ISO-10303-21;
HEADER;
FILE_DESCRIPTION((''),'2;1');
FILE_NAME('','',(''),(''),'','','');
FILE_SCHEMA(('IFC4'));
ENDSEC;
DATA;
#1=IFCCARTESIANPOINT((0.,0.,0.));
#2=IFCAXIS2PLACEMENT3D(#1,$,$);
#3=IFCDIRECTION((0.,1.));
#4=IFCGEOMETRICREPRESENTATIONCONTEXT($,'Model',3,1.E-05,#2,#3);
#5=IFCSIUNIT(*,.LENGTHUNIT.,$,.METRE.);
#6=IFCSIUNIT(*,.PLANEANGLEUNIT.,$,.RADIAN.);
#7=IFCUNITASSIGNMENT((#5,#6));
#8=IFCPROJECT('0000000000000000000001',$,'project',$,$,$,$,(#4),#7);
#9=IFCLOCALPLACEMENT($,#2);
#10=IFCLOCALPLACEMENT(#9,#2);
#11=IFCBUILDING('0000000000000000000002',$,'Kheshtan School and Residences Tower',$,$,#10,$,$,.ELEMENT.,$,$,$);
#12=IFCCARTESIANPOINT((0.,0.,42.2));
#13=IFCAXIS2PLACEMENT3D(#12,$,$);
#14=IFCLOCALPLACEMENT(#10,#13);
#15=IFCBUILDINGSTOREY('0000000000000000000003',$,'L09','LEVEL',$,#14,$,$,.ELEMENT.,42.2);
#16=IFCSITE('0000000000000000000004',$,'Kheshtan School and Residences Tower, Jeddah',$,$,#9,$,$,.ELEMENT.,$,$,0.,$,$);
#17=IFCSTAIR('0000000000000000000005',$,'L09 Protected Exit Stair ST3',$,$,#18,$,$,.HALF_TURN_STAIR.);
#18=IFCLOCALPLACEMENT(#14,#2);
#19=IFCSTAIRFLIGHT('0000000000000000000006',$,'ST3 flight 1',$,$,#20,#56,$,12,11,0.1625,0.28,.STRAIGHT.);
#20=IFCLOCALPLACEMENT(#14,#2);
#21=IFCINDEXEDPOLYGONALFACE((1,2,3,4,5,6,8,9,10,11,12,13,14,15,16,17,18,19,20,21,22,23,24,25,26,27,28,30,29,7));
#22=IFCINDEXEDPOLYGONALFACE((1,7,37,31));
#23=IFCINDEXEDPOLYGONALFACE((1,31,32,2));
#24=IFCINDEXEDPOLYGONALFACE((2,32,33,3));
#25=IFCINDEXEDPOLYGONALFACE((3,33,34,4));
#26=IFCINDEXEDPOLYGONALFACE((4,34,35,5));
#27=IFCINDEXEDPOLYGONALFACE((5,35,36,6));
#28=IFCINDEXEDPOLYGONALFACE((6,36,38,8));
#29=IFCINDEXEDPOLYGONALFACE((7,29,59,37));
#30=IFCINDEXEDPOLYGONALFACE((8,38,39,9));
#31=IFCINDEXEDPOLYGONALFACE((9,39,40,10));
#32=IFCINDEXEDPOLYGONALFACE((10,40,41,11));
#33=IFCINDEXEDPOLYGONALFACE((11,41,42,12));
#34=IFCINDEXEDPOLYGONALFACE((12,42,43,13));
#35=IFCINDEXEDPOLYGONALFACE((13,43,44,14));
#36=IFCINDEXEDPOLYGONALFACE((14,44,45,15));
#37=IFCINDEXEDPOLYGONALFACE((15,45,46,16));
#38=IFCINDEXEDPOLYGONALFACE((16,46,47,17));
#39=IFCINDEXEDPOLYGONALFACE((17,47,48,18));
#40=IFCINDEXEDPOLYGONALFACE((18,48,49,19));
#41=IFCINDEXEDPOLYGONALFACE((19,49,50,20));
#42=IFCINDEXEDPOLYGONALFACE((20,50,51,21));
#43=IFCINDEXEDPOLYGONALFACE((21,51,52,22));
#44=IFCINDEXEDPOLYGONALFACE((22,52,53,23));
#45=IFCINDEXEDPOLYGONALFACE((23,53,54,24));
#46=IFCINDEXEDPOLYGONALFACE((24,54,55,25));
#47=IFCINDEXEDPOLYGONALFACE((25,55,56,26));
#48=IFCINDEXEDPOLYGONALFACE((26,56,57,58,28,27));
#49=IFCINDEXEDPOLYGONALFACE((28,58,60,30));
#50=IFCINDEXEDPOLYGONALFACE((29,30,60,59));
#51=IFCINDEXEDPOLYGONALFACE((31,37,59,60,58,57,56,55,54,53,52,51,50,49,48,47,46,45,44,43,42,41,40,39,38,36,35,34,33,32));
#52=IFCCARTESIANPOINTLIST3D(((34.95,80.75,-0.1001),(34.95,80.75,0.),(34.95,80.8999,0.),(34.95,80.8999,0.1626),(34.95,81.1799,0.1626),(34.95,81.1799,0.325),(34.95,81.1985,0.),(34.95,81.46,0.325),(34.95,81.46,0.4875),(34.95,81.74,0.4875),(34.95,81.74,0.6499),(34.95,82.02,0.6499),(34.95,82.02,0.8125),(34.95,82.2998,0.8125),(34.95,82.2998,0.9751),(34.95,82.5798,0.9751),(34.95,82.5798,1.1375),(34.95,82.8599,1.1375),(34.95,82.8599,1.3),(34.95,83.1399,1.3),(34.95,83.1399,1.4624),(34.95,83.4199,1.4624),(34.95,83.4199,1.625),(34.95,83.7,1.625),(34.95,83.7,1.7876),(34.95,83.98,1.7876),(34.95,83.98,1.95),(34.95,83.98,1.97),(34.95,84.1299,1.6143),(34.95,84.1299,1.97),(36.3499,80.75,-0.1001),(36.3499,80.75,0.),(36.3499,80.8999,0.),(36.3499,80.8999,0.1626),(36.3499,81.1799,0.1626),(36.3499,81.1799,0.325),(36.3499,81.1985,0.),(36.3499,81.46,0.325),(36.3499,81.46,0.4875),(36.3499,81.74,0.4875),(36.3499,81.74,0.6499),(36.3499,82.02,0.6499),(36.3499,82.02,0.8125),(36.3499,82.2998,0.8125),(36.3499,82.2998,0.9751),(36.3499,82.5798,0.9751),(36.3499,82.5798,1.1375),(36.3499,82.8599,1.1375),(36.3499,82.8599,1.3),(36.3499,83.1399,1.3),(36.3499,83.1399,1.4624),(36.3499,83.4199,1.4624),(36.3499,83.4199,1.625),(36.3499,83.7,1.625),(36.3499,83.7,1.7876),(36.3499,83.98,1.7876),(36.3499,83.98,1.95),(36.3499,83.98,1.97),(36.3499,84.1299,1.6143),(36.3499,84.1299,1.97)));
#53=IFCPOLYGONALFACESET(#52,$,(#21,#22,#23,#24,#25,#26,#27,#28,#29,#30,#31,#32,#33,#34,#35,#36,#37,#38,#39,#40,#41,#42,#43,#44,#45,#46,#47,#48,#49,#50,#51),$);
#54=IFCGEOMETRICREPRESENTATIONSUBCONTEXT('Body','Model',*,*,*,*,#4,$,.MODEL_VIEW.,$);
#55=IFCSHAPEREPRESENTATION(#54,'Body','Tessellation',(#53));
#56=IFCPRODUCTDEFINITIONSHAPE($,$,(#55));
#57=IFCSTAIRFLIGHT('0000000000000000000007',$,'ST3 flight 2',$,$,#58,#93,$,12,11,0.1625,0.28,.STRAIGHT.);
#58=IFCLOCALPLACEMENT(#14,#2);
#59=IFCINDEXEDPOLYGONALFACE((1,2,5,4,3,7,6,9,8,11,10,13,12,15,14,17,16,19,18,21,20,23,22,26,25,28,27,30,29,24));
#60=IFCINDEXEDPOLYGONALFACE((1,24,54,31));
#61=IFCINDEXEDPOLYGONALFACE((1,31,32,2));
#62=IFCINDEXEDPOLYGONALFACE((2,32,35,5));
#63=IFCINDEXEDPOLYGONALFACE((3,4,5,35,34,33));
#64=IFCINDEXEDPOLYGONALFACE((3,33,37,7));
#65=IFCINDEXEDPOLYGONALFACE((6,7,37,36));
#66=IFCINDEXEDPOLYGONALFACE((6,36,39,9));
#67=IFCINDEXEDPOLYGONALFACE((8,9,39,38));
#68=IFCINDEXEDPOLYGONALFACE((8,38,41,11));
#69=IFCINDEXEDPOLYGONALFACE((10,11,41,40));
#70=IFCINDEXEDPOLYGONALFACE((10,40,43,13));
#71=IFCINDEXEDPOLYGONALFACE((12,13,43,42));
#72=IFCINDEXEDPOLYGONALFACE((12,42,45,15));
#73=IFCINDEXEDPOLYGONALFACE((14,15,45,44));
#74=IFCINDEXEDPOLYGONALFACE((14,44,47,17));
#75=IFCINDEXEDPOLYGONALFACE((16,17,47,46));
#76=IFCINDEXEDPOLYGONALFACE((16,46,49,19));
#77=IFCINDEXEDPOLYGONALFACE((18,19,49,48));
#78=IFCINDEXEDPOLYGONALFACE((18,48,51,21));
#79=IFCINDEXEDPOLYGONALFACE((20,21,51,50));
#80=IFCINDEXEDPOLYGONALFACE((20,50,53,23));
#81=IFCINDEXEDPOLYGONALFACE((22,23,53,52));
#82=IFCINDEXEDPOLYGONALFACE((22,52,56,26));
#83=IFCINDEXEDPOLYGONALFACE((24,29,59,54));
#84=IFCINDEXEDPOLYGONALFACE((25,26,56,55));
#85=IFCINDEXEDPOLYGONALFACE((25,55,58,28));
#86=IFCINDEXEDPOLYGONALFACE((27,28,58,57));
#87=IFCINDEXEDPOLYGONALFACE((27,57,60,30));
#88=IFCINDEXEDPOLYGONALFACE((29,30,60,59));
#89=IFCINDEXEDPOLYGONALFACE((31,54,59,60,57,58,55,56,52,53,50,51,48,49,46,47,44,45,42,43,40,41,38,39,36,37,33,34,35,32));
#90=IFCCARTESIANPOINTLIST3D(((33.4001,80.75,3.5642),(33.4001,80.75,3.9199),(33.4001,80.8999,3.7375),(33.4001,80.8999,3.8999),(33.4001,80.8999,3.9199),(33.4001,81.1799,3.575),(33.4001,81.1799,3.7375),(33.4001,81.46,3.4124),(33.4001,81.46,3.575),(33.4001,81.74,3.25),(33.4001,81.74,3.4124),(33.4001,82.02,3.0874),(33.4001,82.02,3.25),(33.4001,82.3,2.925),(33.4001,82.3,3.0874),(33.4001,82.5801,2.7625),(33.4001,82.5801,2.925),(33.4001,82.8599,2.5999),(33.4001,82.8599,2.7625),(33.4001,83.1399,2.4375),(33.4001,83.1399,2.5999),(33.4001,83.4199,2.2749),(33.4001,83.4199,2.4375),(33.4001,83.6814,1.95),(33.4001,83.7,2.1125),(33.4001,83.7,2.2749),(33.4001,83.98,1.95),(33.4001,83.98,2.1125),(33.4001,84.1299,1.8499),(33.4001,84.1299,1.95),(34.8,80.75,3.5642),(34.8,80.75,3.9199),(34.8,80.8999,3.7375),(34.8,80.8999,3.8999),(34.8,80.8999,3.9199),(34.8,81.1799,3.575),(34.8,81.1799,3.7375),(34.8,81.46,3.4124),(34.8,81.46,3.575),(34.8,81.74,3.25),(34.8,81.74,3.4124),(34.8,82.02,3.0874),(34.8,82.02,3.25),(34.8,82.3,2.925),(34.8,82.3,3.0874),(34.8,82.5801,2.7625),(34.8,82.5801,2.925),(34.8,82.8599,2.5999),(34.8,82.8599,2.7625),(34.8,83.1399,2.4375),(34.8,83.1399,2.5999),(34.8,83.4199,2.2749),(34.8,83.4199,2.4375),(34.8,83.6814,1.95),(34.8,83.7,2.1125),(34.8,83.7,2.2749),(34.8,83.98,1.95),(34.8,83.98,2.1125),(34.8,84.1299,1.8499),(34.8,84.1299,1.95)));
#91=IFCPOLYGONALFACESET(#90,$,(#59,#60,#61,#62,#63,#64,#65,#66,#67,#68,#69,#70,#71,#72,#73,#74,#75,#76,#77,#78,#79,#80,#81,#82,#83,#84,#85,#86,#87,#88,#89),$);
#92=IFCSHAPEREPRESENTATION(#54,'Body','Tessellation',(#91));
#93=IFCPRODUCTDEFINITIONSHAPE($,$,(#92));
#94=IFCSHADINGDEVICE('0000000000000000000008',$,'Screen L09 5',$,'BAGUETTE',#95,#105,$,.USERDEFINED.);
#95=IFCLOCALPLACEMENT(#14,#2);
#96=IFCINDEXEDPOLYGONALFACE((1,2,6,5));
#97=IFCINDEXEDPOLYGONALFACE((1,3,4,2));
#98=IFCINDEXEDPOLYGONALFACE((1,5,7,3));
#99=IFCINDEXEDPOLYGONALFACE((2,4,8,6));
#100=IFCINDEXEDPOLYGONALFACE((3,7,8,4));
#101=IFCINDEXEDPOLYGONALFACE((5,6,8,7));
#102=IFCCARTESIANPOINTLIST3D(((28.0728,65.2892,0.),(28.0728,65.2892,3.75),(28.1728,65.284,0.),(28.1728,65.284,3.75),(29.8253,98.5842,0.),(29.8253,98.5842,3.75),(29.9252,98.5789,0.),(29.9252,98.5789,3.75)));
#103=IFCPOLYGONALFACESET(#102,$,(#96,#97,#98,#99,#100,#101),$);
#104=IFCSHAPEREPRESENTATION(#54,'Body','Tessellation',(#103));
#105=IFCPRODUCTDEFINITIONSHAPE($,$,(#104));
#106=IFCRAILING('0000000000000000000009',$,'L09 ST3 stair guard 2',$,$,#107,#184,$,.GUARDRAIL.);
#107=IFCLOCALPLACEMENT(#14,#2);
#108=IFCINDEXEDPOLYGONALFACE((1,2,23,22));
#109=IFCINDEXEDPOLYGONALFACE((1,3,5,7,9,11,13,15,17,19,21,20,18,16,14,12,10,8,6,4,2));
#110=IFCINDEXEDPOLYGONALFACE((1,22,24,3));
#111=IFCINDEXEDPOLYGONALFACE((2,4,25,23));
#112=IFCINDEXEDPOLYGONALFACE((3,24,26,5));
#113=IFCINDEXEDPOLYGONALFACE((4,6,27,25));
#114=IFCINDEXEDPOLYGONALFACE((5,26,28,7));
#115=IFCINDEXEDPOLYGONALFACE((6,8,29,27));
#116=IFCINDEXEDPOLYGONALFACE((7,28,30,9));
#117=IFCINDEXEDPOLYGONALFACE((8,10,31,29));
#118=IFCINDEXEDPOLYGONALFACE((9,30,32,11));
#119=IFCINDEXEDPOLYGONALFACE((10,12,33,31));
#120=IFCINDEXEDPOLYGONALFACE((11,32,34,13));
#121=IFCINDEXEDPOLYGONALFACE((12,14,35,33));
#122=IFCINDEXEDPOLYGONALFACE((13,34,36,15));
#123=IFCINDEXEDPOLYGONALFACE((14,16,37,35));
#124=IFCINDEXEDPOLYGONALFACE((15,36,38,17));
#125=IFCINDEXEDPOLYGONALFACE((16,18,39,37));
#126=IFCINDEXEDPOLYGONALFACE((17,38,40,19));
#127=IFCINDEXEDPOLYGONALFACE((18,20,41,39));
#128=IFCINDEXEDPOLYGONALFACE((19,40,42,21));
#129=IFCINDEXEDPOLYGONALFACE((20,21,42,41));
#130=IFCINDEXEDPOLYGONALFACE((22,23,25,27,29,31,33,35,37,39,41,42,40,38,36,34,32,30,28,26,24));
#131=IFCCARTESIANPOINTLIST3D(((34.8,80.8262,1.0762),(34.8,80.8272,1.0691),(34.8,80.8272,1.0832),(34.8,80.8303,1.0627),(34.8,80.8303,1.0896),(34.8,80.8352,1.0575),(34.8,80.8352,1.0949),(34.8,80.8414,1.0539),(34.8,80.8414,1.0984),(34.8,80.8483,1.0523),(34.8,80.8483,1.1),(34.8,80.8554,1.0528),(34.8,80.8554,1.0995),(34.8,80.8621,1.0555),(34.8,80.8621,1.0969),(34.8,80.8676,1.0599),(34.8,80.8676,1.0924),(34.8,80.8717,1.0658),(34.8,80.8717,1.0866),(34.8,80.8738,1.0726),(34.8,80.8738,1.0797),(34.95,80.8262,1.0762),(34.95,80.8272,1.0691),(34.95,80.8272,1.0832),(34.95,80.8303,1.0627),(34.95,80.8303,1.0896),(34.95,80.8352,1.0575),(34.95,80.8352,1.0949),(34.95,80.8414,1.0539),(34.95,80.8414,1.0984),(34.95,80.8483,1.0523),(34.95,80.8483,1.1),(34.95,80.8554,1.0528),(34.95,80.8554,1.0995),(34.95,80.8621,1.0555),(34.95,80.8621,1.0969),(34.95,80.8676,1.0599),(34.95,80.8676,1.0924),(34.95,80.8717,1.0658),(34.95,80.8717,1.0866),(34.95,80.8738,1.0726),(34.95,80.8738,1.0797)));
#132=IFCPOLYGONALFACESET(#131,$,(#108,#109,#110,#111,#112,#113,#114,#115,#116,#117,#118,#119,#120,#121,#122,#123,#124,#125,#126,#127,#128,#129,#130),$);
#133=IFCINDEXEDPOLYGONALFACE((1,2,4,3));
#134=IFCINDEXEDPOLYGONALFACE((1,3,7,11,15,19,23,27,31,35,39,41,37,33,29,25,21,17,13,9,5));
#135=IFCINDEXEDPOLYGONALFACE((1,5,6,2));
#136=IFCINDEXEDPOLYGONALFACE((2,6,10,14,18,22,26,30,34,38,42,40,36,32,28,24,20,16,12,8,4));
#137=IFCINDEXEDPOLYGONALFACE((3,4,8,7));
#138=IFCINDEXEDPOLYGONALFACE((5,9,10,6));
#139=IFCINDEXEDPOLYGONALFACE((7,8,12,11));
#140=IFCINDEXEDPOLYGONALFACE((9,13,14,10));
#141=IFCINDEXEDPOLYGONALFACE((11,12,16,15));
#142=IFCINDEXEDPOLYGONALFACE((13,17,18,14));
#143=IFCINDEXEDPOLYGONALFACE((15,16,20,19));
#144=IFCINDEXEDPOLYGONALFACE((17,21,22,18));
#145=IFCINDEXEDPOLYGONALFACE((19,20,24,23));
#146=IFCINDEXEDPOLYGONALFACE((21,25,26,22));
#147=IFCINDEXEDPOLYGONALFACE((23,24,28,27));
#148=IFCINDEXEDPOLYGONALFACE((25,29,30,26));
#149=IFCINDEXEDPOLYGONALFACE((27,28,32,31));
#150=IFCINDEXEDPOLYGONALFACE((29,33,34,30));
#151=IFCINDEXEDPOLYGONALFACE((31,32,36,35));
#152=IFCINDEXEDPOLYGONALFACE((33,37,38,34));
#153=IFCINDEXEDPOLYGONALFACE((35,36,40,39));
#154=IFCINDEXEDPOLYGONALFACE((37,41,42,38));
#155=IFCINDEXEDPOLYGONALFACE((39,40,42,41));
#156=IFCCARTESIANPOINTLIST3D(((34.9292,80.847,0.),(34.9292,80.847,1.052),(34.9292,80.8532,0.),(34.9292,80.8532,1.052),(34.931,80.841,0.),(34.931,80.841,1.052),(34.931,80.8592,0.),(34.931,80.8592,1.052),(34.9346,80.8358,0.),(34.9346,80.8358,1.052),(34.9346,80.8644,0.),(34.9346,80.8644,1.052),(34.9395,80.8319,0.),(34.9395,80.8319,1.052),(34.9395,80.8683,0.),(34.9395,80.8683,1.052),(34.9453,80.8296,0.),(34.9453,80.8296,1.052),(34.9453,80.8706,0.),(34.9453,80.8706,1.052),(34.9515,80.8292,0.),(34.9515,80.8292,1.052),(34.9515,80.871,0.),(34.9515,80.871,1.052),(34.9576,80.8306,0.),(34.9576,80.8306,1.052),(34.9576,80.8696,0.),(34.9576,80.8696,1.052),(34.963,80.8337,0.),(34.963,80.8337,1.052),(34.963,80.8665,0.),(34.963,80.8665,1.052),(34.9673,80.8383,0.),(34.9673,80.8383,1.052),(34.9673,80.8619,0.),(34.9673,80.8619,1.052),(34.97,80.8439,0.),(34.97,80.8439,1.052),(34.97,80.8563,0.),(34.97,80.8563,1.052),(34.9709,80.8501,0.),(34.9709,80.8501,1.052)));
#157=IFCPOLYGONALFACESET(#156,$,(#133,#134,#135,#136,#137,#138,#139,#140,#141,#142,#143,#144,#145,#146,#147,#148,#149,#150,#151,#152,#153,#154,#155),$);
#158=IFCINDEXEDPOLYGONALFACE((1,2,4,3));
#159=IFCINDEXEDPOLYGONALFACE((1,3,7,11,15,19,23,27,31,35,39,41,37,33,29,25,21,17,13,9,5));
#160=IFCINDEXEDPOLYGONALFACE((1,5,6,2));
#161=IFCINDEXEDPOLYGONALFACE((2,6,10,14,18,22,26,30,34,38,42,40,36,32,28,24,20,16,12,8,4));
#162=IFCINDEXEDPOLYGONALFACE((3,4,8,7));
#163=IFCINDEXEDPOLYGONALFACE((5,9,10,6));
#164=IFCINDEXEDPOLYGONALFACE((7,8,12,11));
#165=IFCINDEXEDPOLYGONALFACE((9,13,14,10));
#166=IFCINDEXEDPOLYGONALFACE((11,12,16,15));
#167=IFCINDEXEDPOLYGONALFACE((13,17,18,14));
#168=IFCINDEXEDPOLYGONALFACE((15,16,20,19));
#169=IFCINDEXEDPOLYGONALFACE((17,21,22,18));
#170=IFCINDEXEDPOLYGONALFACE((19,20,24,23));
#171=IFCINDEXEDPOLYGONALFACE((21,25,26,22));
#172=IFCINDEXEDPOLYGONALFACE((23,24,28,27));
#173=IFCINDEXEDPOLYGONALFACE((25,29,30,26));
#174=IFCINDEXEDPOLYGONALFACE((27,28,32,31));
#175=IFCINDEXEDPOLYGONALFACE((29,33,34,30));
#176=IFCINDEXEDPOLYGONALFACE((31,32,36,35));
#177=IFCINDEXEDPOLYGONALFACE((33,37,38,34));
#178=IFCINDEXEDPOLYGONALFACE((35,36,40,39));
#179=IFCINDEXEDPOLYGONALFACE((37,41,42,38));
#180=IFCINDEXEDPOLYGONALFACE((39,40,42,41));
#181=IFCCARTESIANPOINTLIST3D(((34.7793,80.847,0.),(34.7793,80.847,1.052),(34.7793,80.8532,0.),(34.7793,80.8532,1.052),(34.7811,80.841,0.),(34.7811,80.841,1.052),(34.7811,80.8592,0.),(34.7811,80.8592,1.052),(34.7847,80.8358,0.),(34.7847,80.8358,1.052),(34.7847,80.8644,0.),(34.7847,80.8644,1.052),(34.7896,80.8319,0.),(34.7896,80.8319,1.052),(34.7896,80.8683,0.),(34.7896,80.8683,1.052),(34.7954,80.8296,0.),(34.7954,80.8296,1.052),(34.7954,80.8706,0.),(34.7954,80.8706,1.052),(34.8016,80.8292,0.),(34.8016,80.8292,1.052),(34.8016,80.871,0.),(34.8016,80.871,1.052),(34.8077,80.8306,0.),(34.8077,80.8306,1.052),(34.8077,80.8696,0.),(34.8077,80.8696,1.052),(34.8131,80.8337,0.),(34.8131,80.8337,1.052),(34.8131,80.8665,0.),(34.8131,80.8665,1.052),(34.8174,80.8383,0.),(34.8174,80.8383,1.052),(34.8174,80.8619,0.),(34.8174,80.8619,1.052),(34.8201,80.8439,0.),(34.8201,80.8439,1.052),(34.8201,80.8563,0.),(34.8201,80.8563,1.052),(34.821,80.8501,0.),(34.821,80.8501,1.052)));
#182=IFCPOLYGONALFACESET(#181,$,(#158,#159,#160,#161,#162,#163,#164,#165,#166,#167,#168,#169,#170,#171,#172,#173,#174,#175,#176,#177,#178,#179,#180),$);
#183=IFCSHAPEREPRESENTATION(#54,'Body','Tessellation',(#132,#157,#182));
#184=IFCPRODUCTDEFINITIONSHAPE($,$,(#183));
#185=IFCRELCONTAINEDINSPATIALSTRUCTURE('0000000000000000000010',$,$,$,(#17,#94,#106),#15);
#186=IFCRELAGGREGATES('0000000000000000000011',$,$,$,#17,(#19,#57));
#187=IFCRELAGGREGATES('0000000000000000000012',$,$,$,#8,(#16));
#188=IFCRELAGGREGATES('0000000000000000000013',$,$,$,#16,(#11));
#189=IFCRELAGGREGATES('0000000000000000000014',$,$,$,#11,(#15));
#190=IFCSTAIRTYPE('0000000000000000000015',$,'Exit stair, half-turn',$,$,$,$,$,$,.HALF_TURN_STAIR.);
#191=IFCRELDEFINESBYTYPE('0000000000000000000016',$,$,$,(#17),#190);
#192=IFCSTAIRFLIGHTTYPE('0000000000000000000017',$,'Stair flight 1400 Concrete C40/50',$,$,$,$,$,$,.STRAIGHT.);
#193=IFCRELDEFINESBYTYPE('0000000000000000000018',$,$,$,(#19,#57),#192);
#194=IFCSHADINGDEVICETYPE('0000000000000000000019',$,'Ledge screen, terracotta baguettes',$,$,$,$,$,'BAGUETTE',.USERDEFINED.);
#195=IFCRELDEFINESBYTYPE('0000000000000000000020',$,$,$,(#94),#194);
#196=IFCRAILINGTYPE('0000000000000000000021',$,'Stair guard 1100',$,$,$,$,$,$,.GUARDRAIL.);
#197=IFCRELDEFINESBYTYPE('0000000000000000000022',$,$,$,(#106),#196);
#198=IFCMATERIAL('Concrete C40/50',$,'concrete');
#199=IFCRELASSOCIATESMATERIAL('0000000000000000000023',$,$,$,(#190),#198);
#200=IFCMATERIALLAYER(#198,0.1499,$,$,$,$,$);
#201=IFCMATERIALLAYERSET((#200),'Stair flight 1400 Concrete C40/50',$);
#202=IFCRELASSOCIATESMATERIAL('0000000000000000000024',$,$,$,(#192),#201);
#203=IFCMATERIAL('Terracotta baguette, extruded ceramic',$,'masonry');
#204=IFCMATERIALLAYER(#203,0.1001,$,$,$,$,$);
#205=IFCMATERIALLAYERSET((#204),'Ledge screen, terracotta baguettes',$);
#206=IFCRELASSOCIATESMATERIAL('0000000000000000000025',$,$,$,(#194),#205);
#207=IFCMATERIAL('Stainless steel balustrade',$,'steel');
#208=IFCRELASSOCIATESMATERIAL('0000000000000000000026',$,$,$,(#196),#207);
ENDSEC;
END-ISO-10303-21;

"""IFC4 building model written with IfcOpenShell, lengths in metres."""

from ifc_helpers import new_model, si_unit, direction, frame, origin, origin_2d, place, context, subcontext, project, spatial, polyline, rectangle, circle, outline, extrude, material, layer, layer_set, type_object, element, aggregate, save


model = new_model("IFC4")

# Units and contexts
model_context = context("Model", 3, precision=1e-05, world=origin(), true_north=direction((0.0, 1.0)))
body_context = subcontext(model_context, "Body", "Model", "MODEL_VIEW")
ifc_project = project(units=[si_unit("LENGTHUNIT", "METRE"), si_unit("PLANEANGLEUNIT", "RADIAN")], contexts=[model_context])

# Site, building, storey
site_placement = place(None, origin())
site = spatial("IfcSite", under=ifc_project, at=site_placement, Name="Kheshtan School and Residences Tower, Jeddah", CompositionType="ELEMENT", RefElevation=0.0)
building_placement = place(site_placement, origin())
building = spatial("IfcBuilding", under=site, at=building_placement, Name="Kheshtan School and Residences Tower", CompositionType="ELEMENT")
storey_placement = place(building_placement, frame((0.0, 0.0, 42.2)))
storey = spatial("IfcBuildingStorey", under=building, at=storey_placement, Name="L09", Description="LEVEL", CompositionType="ELEMENT", Elevation=42.2)

# Shared definitions
ifc_material_1 = material(Name="Concrete C40/50", Category="concrete")

# Stair, stair flights
stair_type = type_object("IfcStairType", Name="Exit stair, half-turn", PredefinedType="HALF_TURN_STAIR", material=ifc_material_1)
stair_placement = place(storey_placement, origin())
stair = element("IfcStair", 1, at=stair_placement, inside=storey, type_object=stair_type, Name="L09 Protected Exit Stair ST3", PredefinedType="HALF_TURN_STAIR")
ifc_layer_1 = layer(ifc_material_1, 0.1499)
ifc_layer_set_1 = layer_set([ifc_layer_1], Name="Stair flight 1400 Concrete C40/50")
stair_flight_type = type_object("IfcStairFlightType", Name="Stair flight 1400 Concrete C40/50", PredefinedType="STRAIGHT", material=ifc_layer_set_1)
stair_flight_1_placement = place(storey_placement, frame((35.6499, 80.8999, 0.0), z_axis=(0.0, 0.0, 1.0), x_axis=(0.0, 1.0, 0.0)))
stair_flight_1 = element("IfcStairFlight", 2, at=stair_flight_1_placement, type_object=stair_flight_type, Name="ST3 flight 1", NumberOfRisers=12, NumberOfTreads=11, PredefinedType="STRAIGHT", RiserHeight=0.1625, TreadLength=0.28, context=body_context, shape_type="SweptSolid", body=[
    extrude(outline(polyline([(-0.1499, -0.1001), (-0.1499, 0.0), (0.0, 0.0), (0.0, 0.1626), (0.28, 0.1626), (0.28, 0.325), (0.5601, 0.325), (0.5601, 0.4875), (0.8401, 0.4875), (0.8401, 0.6499), (1.1201, 0.6499), (1.1201, 0.8125), (1.3999, 0.8125), (1.3999, 0.9751), (1.6799, 0.9751), (1.6799, 1.1375), (1.96, 1.1375), (1.96, 1.3), (2.24, 1.3), (2.24, 1.4624), (2.52, 1.4624), (2.52, 1.625), (2.8, 1.625), (2.8, 1.7876), (3.0801, 1.7876), (3.0801, 1.95), (3.0801, 1.97), (3.23, 1.97), (3.23, 1.6143), (0.2986, 0.0), (-0.1499, -0.1001)])), frame((0.0, 0.7, 0.0), z_axis=(0.0, -1.0, 0.0), x_axis=(1.0, 0.0, 0.0)), (0.0, 0.0, 1.0), 1.3999),
])
stair_flight_2_placement = place(storey_placement, frame((34.1001, 83.98, 1.95), z_axis=(0.0, 0.0, 1.0), x_axis=(0.0, -1.0, 0.0)))
stair_flight_2 = element("IfcStairFlight", 3, at=stair_flight_2_placement, type_object=stair_flight_type, Name="ST3 flight 2", NumberOfRisers=12, NumberOfTreads=11, PredefinedType="STRAIGHT", RiserHeight=0.1625, TreadLength=0.28, context=body_context, shape_type="SweptSolid", body=[
    extrude(outline(polyline([(-0.1499, -0.1001), (-0.1499, 0.0), (0.0, 0.0), (0.0, 0.1626), (0.28, 0.1626), (0.28, 0.325), (0.5601, 0.325), (0.5601, 0.4875), (0.8401, 0.4875), (0.8401, 0.6499), (1.1201, 0.6499), (1.1201, 0.8125), (1.3999, 0.8125), (1.3999, 0.9751), (1.6799, 0.9751), (1.6799, 1.1375), (1.96, 1.1375), (1.96, 1.3), (2.24, 1.3), (2.24, 1.4624), (2.52, 1.4624), (2.52, 1.625), (2.8, 1.625), (2.8, 1.7876), (3.0801, 1.7876), (3.0801, 1.95), (3.0801, 1.97), (3.23, 1.97), (3.23, 1.6143), (0.2986, 0.0), (-0.1499, -0.1001)])), frame((0.0, 0.7, 0.0), z_axis=(0.0, -1.0, 0.0), x_axis=(1.0, 0.0, 0.0)), (0.0, 0.0, 1.0), 1.3999),
])
aggregate(stair, [stair_flight_1, stair_flight_2])

# Shading device
ifc_material_2 = material(Name="Terracotta baguette, extruded ceramic", Category="masonry")
ifc_layer_2 = layer(ifc_material_2, 0.1001)
ifc_layer_set_2 = layer_set([ifc_layer_2], Name="Ledge screen, terracotta baguettes")
shading_device_type = type_object("IfcShadingDeviceType", Name="Ledge screen, terracotta baguettes", ElementType="BAGUETTE", PredefinedType="USERDEFINED", material=ifc_layer_set_2)
shading_device_placement = place(storey_placement, frame((28.999, 81.9341, 0.0), z_axis=(0.0, 0.0, 1.0), x_axis=(0.052563, 0.998618, 0.0)))
element("IfcShadingDevice", 4, at=shading_device_placement, inside=storey, type_object=shading_device_type, Name="Screen L09 5", ObjectType="BAGUETTE", PredefinedType="USERDEFINED", context=body_context, shape_type="SweptSolid", body=[
    extrude(rectangle(XDim=33.3411, YDim=0.1001, at=origin_2d()), origin(), (0.0, 0.0, 1.0), 3.75),
])

# Railing
ifc_material_3 = material(Name="Stainless steel balustrade", Category="steel")
railing_type_1 = type_object("IfcRailingType", Name="Stair guard 1100", PredefinedType="GUARDRAIL", material=ifc_material_3)
railing_1_placement = place(storey_placement, frame((34.95, 80.8501, 0.0)))
element("IfcRailing", 5, at=railing_1_placement, inside=storey, type_object=railing_type_1, Name="L09 ST3 stair guard 2", PredefinedType="GUARDRAIL", context=body_context, shape_type="SweptSolid", body=[
    extrude(circle(Radius=0.0239, at=origin_2d()), frame((0.0, 0.0, 1.0762), z_axis=(-1.0, 0.0, 0.0), x_axis=(0.0, -1.0, 0.0)), (0.0, 0.0, 1.0), 0.1499),
    extrude(circle(Radius=0.021, at=origin_2d()), origin(), (0.0, 0.0, 1.0), 1.052),
    extrude(circle(Radius=0.021, at=origin_2d()), frame((-0.1499, 0.0, 0.0)), (0.0, 0.0, 1.0), 1.052),
])

save(model, "model.ifc")
